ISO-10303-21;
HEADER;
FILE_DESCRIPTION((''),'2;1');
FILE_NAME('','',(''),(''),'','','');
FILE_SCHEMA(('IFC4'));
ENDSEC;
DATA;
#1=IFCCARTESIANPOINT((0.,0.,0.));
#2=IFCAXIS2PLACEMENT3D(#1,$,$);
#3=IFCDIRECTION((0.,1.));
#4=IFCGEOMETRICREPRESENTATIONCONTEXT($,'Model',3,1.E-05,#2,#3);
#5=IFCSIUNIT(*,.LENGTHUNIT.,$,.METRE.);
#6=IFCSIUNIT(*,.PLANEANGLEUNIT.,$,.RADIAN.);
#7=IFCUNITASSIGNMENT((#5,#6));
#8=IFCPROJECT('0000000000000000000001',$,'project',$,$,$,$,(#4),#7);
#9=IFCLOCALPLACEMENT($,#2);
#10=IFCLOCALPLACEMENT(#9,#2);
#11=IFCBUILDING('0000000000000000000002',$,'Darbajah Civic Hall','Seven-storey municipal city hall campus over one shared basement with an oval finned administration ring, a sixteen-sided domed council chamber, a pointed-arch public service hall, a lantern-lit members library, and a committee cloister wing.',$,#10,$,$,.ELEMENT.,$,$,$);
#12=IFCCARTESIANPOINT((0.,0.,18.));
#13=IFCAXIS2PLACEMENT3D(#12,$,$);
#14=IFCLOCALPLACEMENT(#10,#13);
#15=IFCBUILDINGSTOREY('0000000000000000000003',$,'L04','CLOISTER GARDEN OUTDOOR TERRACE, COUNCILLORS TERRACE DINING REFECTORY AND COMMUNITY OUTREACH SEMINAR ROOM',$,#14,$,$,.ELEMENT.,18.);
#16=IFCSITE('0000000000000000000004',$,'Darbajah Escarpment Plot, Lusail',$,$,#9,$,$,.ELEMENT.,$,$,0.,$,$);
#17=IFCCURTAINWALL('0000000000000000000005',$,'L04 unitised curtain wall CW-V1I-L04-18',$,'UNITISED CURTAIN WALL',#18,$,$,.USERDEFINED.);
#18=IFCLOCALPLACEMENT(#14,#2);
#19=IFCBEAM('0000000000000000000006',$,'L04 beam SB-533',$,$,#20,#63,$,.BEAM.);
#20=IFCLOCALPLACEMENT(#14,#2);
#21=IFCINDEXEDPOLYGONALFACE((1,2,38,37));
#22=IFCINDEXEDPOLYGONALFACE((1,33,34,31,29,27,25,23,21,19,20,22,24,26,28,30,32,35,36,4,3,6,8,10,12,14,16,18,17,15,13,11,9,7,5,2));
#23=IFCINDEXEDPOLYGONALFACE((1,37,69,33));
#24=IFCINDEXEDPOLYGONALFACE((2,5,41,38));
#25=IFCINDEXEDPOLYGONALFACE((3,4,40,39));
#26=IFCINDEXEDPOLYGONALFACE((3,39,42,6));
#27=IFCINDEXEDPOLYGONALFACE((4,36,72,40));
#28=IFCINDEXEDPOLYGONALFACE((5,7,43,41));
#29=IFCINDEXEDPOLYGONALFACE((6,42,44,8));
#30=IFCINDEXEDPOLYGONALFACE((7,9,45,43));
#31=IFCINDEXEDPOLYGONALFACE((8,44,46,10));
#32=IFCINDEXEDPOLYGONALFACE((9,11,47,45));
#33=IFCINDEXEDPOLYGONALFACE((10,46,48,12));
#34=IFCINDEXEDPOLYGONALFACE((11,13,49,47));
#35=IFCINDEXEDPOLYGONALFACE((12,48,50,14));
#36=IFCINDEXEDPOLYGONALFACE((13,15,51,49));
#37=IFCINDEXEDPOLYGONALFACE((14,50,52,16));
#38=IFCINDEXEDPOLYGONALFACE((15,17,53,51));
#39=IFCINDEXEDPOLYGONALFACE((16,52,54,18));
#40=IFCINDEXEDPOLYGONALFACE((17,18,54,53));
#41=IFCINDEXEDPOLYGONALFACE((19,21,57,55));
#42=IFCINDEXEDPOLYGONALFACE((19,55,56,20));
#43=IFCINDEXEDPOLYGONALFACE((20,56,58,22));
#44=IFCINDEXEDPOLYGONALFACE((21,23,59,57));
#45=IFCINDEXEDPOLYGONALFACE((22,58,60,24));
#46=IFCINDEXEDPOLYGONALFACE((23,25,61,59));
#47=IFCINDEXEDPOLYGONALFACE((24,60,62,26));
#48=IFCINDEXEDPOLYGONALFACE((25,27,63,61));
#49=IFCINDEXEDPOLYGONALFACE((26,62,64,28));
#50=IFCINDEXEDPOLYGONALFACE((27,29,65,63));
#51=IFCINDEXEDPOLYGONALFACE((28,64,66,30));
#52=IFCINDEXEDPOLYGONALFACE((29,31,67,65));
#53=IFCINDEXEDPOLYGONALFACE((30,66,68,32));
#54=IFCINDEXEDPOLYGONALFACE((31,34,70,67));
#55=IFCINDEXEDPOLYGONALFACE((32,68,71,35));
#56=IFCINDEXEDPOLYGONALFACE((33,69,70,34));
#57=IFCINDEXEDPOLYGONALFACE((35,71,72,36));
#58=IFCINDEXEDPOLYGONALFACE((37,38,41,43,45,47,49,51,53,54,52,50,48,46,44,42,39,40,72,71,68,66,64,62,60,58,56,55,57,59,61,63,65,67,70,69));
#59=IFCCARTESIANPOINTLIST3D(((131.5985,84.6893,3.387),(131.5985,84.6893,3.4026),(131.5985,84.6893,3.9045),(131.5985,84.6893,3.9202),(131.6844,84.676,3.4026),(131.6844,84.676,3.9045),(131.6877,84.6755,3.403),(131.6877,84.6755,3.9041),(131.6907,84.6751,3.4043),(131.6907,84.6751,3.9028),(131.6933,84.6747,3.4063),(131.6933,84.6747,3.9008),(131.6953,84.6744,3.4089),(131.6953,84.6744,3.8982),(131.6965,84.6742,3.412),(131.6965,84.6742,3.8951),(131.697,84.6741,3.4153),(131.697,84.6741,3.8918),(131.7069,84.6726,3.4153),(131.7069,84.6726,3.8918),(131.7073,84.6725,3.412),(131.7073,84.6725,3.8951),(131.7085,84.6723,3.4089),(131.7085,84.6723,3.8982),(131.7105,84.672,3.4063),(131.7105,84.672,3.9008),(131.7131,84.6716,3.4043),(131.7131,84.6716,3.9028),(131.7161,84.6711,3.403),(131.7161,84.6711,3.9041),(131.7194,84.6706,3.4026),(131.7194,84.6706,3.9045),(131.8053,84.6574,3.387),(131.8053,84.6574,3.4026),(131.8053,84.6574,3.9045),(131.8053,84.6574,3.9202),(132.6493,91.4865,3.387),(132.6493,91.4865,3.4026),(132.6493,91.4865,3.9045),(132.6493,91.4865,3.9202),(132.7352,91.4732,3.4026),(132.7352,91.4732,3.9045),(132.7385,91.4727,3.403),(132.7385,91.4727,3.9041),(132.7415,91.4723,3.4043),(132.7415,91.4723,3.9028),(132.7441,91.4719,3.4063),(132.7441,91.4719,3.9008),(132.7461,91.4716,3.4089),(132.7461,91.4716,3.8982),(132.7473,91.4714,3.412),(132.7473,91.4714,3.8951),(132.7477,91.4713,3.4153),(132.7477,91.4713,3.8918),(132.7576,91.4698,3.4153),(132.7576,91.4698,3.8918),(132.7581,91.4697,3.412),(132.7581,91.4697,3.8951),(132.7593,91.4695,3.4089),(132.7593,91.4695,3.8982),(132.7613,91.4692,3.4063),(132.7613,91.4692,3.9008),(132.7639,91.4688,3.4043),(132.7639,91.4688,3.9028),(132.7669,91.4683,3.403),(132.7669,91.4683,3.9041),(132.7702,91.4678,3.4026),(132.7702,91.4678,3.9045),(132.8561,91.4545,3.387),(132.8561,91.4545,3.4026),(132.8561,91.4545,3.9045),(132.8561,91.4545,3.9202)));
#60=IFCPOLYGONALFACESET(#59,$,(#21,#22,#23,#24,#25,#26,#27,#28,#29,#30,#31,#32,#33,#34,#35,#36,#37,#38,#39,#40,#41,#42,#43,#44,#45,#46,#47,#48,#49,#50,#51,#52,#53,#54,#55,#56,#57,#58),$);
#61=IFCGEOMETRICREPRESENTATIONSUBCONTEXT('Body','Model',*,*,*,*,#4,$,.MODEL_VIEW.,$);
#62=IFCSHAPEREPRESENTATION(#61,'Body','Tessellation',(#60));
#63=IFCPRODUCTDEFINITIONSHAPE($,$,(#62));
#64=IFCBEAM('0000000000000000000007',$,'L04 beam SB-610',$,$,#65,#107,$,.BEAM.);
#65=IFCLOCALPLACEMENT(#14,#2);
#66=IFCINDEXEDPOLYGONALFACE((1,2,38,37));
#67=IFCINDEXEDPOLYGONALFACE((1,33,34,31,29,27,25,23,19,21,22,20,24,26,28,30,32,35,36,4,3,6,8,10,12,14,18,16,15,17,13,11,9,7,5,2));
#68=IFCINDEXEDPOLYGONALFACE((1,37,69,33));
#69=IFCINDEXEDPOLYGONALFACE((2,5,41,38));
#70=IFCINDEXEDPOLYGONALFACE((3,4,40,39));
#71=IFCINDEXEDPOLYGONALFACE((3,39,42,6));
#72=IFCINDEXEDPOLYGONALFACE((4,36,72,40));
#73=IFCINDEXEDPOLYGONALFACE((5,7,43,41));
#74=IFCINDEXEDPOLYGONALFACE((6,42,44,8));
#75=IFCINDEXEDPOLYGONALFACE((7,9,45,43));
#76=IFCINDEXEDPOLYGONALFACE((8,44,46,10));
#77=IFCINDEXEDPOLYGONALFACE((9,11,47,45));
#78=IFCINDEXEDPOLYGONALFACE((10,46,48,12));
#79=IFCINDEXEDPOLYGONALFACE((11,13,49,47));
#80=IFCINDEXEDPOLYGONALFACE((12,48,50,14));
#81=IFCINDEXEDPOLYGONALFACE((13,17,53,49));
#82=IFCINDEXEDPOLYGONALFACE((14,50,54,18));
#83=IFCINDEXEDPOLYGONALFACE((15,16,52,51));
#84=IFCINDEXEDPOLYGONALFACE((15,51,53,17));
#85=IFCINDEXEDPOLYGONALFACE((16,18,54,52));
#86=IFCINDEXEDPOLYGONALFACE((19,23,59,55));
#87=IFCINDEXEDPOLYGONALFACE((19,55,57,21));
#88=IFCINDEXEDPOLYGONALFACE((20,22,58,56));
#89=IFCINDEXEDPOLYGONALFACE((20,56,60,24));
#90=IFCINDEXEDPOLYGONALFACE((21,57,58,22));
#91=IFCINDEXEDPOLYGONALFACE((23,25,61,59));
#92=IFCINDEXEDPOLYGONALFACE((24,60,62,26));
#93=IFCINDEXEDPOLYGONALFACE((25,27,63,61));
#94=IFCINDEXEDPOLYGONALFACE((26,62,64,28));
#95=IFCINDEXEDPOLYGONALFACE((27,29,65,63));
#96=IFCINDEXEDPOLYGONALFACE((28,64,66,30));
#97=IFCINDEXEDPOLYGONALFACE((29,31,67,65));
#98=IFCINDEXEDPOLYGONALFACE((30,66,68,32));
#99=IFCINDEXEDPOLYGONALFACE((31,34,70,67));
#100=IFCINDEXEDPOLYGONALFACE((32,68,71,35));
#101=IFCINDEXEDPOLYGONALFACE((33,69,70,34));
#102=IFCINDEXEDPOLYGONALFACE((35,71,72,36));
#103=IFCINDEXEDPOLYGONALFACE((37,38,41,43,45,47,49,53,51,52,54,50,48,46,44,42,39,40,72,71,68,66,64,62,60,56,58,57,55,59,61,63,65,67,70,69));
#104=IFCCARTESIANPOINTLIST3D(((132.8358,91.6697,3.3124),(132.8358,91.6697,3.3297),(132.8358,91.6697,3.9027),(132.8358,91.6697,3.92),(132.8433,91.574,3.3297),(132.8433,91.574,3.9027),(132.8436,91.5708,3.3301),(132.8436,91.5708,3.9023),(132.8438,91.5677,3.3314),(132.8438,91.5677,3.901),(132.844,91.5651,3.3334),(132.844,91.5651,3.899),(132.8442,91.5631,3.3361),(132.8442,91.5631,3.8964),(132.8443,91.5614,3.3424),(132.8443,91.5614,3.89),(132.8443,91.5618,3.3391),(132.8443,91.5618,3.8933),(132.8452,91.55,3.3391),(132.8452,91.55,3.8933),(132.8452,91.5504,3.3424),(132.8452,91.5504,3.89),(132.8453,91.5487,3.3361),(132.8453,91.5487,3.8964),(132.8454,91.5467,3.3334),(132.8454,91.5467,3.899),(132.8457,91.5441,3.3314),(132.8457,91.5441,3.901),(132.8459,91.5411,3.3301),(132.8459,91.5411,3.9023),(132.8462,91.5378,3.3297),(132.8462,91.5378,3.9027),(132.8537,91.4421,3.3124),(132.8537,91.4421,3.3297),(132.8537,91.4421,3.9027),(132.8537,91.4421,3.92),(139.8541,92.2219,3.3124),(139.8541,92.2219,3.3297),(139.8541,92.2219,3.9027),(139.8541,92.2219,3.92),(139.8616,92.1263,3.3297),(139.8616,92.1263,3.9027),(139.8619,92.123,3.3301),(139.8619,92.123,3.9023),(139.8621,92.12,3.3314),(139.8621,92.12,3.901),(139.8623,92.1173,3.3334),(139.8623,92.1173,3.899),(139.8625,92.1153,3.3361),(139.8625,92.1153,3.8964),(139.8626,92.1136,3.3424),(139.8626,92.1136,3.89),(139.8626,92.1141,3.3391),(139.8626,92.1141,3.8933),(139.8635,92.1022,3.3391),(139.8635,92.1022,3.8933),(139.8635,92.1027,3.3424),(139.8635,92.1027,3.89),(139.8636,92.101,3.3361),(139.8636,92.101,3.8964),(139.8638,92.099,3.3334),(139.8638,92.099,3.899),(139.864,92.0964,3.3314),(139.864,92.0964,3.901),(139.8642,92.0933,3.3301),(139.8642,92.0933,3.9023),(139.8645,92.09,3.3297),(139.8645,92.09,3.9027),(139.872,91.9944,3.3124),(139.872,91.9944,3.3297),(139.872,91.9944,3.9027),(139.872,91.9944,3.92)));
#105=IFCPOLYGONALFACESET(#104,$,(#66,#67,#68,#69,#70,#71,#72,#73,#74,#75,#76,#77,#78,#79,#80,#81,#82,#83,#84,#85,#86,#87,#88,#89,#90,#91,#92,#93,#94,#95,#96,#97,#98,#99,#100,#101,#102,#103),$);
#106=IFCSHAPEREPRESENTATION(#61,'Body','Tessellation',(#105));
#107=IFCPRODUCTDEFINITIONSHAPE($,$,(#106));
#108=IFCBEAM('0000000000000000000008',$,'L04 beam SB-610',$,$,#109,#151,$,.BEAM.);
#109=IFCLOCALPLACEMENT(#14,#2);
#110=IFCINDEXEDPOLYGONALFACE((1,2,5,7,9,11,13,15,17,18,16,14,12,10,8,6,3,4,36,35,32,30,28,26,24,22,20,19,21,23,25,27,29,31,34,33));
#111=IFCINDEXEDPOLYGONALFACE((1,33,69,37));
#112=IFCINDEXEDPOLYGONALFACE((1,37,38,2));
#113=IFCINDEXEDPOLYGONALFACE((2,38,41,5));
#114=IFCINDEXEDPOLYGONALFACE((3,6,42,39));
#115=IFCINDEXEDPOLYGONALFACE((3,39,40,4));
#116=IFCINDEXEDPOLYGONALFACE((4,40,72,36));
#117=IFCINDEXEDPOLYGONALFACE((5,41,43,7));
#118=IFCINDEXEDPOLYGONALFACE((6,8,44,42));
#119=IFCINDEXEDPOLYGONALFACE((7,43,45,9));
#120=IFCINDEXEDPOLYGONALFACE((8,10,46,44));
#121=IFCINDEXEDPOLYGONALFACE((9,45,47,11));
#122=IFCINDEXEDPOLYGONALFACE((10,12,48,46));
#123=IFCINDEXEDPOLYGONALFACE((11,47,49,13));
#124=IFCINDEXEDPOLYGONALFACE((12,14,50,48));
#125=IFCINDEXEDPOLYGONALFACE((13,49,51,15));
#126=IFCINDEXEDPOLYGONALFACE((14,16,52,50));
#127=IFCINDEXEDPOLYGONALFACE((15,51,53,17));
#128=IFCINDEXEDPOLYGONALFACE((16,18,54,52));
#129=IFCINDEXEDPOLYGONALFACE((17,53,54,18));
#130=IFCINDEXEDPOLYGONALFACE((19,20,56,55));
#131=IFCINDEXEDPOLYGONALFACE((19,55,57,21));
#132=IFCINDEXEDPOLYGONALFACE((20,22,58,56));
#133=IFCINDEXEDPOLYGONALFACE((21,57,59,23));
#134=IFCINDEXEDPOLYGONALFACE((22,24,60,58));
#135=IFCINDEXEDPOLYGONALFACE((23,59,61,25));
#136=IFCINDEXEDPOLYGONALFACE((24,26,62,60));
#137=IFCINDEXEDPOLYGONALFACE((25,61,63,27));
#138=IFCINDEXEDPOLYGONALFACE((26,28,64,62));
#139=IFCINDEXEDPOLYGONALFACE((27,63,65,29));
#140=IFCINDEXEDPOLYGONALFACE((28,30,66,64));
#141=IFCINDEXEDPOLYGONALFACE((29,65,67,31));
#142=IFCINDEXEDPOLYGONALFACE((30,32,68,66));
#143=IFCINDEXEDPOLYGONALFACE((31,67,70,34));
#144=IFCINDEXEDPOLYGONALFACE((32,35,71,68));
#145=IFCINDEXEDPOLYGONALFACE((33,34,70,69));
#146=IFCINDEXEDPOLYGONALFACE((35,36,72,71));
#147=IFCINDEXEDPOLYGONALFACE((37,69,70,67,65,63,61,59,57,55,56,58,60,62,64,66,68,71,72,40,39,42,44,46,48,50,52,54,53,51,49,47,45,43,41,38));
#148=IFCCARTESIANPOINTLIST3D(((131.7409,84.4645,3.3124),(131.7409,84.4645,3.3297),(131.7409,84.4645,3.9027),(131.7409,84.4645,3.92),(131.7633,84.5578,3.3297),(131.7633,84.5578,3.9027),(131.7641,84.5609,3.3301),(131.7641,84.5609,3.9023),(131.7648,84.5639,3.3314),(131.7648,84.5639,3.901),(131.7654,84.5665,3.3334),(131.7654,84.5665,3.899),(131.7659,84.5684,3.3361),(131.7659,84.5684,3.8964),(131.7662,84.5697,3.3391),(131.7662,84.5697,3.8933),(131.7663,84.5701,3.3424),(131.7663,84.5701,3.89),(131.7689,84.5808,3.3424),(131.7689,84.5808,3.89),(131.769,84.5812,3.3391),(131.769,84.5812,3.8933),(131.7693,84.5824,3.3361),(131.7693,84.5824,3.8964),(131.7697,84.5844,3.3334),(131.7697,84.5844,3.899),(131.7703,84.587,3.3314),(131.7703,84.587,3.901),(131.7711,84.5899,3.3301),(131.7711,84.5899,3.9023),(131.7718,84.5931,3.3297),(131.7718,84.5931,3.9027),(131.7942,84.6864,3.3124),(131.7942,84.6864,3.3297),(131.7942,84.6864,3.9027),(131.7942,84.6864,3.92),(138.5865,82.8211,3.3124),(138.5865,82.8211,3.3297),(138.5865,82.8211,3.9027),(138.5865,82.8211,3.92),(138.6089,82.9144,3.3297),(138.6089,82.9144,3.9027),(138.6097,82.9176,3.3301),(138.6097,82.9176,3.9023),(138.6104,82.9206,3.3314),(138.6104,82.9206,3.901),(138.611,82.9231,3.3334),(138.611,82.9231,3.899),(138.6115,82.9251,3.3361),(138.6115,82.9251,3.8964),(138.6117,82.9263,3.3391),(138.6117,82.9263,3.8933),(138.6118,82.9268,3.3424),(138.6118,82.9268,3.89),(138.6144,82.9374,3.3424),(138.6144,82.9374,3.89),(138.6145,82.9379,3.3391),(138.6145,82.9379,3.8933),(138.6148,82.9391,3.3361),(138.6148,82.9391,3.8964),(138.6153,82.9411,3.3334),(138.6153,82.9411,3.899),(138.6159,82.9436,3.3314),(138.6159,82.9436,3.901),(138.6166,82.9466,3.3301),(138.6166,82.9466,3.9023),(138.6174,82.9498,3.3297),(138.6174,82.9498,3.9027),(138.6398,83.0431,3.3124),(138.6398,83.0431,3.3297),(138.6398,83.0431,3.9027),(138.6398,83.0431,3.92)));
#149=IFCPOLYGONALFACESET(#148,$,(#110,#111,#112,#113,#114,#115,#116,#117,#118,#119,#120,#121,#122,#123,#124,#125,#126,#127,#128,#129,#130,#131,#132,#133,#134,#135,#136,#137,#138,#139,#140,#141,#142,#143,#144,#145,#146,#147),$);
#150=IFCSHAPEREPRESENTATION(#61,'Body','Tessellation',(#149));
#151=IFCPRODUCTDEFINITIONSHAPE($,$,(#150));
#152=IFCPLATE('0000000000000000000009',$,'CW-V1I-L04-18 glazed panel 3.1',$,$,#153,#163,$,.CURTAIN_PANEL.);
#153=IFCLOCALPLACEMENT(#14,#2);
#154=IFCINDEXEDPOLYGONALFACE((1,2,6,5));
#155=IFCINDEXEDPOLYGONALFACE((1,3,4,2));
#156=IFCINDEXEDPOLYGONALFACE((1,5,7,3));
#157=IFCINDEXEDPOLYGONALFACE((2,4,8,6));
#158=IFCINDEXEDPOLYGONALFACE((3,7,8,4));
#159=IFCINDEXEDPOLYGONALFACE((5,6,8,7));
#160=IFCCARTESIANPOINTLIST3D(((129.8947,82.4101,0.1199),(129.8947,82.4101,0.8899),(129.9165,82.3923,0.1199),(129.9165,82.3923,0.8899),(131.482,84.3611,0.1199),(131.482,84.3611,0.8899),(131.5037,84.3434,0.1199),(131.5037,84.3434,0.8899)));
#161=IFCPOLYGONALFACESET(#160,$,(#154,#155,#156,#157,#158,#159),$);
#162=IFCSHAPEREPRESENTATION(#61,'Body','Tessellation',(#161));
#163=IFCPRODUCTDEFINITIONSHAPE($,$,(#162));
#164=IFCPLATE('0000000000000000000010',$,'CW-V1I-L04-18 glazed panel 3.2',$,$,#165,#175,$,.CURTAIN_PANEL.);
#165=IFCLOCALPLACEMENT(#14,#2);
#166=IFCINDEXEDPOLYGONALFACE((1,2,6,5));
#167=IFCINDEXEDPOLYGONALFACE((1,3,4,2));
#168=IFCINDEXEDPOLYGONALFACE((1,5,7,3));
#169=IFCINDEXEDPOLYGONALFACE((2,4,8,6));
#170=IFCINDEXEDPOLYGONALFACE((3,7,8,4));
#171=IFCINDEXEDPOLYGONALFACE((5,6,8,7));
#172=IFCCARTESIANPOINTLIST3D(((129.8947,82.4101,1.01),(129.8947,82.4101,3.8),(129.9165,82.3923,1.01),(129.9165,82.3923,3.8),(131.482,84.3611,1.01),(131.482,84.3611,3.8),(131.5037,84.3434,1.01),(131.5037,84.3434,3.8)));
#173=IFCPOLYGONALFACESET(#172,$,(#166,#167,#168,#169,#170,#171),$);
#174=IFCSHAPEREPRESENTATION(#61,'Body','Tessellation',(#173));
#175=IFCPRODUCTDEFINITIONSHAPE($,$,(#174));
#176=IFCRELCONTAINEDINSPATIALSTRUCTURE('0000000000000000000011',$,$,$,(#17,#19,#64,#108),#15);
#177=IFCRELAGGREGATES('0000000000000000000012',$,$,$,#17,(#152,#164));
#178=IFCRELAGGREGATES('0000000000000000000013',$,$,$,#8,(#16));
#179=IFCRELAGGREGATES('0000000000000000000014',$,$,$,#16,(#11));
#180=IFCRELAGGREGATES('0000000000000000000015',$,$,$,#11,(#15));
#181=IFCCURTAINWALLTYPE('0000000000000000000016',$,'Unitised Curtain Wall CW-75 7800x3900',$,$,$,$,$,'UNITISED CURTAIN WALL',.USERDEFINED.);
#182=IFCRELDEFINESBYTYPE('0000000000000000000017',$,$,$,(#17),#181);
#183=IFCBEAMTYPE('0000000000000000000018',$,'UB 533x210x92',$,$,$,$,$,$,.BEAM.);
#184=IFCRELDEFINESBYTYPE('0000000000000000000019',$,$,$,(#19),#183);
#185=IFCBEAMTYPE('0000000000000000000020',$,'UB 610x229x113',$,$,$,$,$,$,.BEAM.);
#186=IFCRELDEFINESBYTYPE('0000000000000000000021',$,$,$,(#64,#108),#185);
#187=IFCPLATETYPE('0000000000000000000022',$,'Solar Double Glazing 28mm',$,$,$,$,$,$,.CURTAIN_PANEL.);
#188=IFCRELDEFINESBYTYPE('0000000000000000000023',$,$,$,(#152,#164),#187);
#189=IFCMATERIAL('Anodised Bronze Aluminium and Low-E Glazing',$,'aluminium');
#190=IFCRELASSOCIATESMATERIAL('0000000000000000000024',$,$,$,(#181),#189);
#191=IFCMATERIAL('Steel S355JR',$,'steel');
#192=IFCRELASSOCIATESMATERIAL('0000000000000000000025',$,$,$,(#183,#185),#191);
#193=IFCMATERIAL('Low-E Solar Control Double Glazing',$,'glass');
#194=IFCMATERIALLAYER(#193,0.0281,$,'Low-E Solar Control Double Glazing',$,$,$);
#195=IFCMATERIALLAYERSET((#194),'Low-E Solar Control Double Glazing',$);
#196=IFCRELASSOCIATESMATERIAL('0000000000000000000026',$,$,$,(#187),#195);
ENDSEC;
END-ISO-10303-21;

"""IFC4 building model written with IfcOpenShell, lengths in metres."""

from ifc_helpers import new_model, si_unit, direction, frame, origin, origin_2d, place, context, subcontext, project, spatial, rectangle, i_section, extrude, material, layer, layer_set, material_profile, profile_set, type_object, element, aggregate, save


model = new_model("IFC4")

# Units and contexts
model_context = context("Model", 3, precision=1e-05, world=origin(), true_north=direction((0.0, 1.0)))
body_context = subcontext(model_context, "Body", "Model", "MODEL_VIEW")
ifc_project = project(units=[si_unit("LENGTHUNIT", "METRE"), si_unit("PLANEANGLEUNIT", "RADIAN")], contexts=[model_context])

# Site, building, storey
site_placement = place(None, origin())
site = spatial("IfcSite", under=ifc_project, at=site_placement, Name="Darbajah Escarpment Plot, Lusail", CompositionType="ELEMENT", RefElevation=0.0)
building_placement = place(site_placement, origin())
building = spatial("IfcBuilding", under=site, at=building_placement, Name="Darbajah Civic Hall", Description="Seven-storey municipal city hall campus over one shared basement with an oval finned administration ring, a sixteen-sided domed council chamber, a pointed-arch public service hall, a lantern-lit members library, and a committee cloister wing.", CompositionType="ELEMENT")
storey_placement = place(building_placement, frame((0.0, 0.0, 18.0)))
storey = spatial("IfcBuildingStorey", under=building, at=storey_placement, Name="L04", Description="CLOISTER GARDEN OUTDOOR TERRACE, COUNCILLORS TERRACE DINING REFECTORY AND COMMUNITY OUTREACH SEMINAR ROOM", CompositionType="ELEMENT", Elevation=18.0)

# Curtain wall
ifc_material_1 = material(Name="Anodised Bronze Aluminium and Low-E Glazing", Category="aluminium")
curtain_wall_type_1 = type_object("IfcCurtainWallType", Name="Unitised Curtain Wall CW-75 7800x3900", ElementType="UNITISED CURTAIN WALL", PredefinedType="USERDEFINED", material=ifc_material_1)
curtain_wall_1_placement = place(storey_placement, origin())
curtain_wall_1 = element("IfcCurtainWall", 1, at=curtain_wall_1_placement, inside=storey, type_object=curtain_wall_type_1, Name="L04 unitised curtain wall CW-V1I-L04-18", ObjectType="UNITISED CURTAIN WALL", PredefinedType="USERDEFINED")

# Beams
ifc_material_2 = material(Name="Steel S355JR", Category="steel")
ifc_material_profile_1 = material_profile(ifc_material_2, i_section(OverallWidth=0.2092, OverallDepth=0.5332, WebThickness=0.01, FlangeThickness=0.0156, FilletRadius=0.0127, at=origin_2d()), Name="UB 533x210x92")
ifc_profile_set_1 = profile_set([ifc_material_profile_1], Name="Steel S355JR")
beam_type_1 = type_object("IfcBeamType", Name="UB 533x210x92", PredefinedType="BEAM", material=ifc_profile_set_1)
beam_1_placement = place(storey_placement, frame((131.7019, 84.6733, 3.6536), z_axis=(0.152777, 0.988261, 0.0), x_axis=(-0.988261, 0.152777, 0.0)))
element("IfcBeam", 2, at=beam_1_placement, inside=storey, type_object=beam_type_1, Name="L04 beam SB-533", PredefinedType="BEAM", context=body_context, shape_type="SweptSolid", body=[
    extrude(i_section(OverallWidth=0.2092, OverallDepth=0.5332, WebThickness=0.01, FlangeThickness=0.0156, FilletRadius=0.0127, at=origin_2d()), origin(), (0.0, 0.0, 1.0), 6.8779),
])
ifc_material_profile_2 = material_profile(ifc_material_2, i_section(OverallWidth=0.2283, OverallDepth=0.6077, WebThickness=0.011, FlangeThickness=0.0173, FilletRadius=0.0127, at=origin_2d()), Name="UB 610x229x113")
ifc_profile_set_2 = profile_set([ifc_material_profile_2], Name="Steel S355JR")
beam_type_2 = type_object("IfcBeamType", Name="UB 610x229x113", PredefinedType="BEAM", material=ifc_profile_set_2)
for number, where, z_axis, x_axis, name in (
    (3, (132.8447, 91.5559, 3.6162), (0.996919, 0.078444, 0.0), (-0.078444, 0.996919, 0.0), "L04 beam SB-610"),
    (4, (131.7676, 84.5754, 3.6162), (0.972374, -0.233427, 0.0), (0.233427, 0.972374, 0.0), "L04 beam SB-610"),
):
    element("IfcBeam", number, at=place(storey_placement, frame(where, z_axis=z_axis, x_axis=x_axis)), inside=storey, type_object=beam_type_2, Name=name, PredefinedType="BEAM", context=body_context, shape_type="SweptSolid", body=[
        extrude(i_section(OverallWidth=0.2283, OverallDepth=0.6077, WebThickness=0.011, FlangeThickness=0.0173, FilletRadius=0.0127, at=origin_2d()), origin(), (0.0, 0.0, 1.0), 7.04),
    ])

# Plates
ifc_material_3 = material(Name="Low-E Solar Control Double Glazing", Category="glass")
ifc_layer_1 = layer(ifc_material_3, 0.0281, Name="Low-E Solar Control Double Glazing")
ifc_layer_set_1 = layer_set([ifc_layer_1], Name="Low-E Solar Control Double Glazing")
plate_type = type_object("IfcPlateType", Name="Solar Double Glazing 28mm", PredefinedType="CURTAIN_PANEL", material=ifc_layer_set_1)
plate_1_placement = place(storey_placement, frame((130.6992, 83.3767, 0.1199), z_axis=(0.0, 0.0, 1.0), x_axis=(0.631082, 0.775716, 0.0)))
plate_1 = element("IfcPlate", 5, at=plate_1_placement, type_object=plate_type, Name="CW-V1I-L04-18 glazed panel 3.1", PredefinedType="CURTAIN_PANEL", context=body_context, shape_type="SweptSolid", body=[
    extrude(rectangle(XDim=2.5151, YDim=0.0281, at=origin_2d()), origin(), (0.0, 0.0, 1.0), 0.77),
])
plate_2_placement = place(storey_placement, frame((130.6992, 83.3767, 1.01), z_axis=(0.0, 0.0, 1.0), x_axis=(0.631082, 0.775716, 0.0)))
plate_2 = element("IfcPlate", 6, at=plate_2_placement, type_object=plate_type, Name="CW-V1I-L04-18 glazed panel 3.2", PredefinedType="CURTAIN_PANEL", context=body_context, shape_type="SweptSolid", body=[
    extrude(rectangle(XDim=2.5151, YDim=0.0281, at=origin_2d()), origin(), (0.0, 0.0, 1.0), 2.79),
])
aggregate(curtain_wall_1, [plate_1, plate_2])

save(model, "model.ifc")
